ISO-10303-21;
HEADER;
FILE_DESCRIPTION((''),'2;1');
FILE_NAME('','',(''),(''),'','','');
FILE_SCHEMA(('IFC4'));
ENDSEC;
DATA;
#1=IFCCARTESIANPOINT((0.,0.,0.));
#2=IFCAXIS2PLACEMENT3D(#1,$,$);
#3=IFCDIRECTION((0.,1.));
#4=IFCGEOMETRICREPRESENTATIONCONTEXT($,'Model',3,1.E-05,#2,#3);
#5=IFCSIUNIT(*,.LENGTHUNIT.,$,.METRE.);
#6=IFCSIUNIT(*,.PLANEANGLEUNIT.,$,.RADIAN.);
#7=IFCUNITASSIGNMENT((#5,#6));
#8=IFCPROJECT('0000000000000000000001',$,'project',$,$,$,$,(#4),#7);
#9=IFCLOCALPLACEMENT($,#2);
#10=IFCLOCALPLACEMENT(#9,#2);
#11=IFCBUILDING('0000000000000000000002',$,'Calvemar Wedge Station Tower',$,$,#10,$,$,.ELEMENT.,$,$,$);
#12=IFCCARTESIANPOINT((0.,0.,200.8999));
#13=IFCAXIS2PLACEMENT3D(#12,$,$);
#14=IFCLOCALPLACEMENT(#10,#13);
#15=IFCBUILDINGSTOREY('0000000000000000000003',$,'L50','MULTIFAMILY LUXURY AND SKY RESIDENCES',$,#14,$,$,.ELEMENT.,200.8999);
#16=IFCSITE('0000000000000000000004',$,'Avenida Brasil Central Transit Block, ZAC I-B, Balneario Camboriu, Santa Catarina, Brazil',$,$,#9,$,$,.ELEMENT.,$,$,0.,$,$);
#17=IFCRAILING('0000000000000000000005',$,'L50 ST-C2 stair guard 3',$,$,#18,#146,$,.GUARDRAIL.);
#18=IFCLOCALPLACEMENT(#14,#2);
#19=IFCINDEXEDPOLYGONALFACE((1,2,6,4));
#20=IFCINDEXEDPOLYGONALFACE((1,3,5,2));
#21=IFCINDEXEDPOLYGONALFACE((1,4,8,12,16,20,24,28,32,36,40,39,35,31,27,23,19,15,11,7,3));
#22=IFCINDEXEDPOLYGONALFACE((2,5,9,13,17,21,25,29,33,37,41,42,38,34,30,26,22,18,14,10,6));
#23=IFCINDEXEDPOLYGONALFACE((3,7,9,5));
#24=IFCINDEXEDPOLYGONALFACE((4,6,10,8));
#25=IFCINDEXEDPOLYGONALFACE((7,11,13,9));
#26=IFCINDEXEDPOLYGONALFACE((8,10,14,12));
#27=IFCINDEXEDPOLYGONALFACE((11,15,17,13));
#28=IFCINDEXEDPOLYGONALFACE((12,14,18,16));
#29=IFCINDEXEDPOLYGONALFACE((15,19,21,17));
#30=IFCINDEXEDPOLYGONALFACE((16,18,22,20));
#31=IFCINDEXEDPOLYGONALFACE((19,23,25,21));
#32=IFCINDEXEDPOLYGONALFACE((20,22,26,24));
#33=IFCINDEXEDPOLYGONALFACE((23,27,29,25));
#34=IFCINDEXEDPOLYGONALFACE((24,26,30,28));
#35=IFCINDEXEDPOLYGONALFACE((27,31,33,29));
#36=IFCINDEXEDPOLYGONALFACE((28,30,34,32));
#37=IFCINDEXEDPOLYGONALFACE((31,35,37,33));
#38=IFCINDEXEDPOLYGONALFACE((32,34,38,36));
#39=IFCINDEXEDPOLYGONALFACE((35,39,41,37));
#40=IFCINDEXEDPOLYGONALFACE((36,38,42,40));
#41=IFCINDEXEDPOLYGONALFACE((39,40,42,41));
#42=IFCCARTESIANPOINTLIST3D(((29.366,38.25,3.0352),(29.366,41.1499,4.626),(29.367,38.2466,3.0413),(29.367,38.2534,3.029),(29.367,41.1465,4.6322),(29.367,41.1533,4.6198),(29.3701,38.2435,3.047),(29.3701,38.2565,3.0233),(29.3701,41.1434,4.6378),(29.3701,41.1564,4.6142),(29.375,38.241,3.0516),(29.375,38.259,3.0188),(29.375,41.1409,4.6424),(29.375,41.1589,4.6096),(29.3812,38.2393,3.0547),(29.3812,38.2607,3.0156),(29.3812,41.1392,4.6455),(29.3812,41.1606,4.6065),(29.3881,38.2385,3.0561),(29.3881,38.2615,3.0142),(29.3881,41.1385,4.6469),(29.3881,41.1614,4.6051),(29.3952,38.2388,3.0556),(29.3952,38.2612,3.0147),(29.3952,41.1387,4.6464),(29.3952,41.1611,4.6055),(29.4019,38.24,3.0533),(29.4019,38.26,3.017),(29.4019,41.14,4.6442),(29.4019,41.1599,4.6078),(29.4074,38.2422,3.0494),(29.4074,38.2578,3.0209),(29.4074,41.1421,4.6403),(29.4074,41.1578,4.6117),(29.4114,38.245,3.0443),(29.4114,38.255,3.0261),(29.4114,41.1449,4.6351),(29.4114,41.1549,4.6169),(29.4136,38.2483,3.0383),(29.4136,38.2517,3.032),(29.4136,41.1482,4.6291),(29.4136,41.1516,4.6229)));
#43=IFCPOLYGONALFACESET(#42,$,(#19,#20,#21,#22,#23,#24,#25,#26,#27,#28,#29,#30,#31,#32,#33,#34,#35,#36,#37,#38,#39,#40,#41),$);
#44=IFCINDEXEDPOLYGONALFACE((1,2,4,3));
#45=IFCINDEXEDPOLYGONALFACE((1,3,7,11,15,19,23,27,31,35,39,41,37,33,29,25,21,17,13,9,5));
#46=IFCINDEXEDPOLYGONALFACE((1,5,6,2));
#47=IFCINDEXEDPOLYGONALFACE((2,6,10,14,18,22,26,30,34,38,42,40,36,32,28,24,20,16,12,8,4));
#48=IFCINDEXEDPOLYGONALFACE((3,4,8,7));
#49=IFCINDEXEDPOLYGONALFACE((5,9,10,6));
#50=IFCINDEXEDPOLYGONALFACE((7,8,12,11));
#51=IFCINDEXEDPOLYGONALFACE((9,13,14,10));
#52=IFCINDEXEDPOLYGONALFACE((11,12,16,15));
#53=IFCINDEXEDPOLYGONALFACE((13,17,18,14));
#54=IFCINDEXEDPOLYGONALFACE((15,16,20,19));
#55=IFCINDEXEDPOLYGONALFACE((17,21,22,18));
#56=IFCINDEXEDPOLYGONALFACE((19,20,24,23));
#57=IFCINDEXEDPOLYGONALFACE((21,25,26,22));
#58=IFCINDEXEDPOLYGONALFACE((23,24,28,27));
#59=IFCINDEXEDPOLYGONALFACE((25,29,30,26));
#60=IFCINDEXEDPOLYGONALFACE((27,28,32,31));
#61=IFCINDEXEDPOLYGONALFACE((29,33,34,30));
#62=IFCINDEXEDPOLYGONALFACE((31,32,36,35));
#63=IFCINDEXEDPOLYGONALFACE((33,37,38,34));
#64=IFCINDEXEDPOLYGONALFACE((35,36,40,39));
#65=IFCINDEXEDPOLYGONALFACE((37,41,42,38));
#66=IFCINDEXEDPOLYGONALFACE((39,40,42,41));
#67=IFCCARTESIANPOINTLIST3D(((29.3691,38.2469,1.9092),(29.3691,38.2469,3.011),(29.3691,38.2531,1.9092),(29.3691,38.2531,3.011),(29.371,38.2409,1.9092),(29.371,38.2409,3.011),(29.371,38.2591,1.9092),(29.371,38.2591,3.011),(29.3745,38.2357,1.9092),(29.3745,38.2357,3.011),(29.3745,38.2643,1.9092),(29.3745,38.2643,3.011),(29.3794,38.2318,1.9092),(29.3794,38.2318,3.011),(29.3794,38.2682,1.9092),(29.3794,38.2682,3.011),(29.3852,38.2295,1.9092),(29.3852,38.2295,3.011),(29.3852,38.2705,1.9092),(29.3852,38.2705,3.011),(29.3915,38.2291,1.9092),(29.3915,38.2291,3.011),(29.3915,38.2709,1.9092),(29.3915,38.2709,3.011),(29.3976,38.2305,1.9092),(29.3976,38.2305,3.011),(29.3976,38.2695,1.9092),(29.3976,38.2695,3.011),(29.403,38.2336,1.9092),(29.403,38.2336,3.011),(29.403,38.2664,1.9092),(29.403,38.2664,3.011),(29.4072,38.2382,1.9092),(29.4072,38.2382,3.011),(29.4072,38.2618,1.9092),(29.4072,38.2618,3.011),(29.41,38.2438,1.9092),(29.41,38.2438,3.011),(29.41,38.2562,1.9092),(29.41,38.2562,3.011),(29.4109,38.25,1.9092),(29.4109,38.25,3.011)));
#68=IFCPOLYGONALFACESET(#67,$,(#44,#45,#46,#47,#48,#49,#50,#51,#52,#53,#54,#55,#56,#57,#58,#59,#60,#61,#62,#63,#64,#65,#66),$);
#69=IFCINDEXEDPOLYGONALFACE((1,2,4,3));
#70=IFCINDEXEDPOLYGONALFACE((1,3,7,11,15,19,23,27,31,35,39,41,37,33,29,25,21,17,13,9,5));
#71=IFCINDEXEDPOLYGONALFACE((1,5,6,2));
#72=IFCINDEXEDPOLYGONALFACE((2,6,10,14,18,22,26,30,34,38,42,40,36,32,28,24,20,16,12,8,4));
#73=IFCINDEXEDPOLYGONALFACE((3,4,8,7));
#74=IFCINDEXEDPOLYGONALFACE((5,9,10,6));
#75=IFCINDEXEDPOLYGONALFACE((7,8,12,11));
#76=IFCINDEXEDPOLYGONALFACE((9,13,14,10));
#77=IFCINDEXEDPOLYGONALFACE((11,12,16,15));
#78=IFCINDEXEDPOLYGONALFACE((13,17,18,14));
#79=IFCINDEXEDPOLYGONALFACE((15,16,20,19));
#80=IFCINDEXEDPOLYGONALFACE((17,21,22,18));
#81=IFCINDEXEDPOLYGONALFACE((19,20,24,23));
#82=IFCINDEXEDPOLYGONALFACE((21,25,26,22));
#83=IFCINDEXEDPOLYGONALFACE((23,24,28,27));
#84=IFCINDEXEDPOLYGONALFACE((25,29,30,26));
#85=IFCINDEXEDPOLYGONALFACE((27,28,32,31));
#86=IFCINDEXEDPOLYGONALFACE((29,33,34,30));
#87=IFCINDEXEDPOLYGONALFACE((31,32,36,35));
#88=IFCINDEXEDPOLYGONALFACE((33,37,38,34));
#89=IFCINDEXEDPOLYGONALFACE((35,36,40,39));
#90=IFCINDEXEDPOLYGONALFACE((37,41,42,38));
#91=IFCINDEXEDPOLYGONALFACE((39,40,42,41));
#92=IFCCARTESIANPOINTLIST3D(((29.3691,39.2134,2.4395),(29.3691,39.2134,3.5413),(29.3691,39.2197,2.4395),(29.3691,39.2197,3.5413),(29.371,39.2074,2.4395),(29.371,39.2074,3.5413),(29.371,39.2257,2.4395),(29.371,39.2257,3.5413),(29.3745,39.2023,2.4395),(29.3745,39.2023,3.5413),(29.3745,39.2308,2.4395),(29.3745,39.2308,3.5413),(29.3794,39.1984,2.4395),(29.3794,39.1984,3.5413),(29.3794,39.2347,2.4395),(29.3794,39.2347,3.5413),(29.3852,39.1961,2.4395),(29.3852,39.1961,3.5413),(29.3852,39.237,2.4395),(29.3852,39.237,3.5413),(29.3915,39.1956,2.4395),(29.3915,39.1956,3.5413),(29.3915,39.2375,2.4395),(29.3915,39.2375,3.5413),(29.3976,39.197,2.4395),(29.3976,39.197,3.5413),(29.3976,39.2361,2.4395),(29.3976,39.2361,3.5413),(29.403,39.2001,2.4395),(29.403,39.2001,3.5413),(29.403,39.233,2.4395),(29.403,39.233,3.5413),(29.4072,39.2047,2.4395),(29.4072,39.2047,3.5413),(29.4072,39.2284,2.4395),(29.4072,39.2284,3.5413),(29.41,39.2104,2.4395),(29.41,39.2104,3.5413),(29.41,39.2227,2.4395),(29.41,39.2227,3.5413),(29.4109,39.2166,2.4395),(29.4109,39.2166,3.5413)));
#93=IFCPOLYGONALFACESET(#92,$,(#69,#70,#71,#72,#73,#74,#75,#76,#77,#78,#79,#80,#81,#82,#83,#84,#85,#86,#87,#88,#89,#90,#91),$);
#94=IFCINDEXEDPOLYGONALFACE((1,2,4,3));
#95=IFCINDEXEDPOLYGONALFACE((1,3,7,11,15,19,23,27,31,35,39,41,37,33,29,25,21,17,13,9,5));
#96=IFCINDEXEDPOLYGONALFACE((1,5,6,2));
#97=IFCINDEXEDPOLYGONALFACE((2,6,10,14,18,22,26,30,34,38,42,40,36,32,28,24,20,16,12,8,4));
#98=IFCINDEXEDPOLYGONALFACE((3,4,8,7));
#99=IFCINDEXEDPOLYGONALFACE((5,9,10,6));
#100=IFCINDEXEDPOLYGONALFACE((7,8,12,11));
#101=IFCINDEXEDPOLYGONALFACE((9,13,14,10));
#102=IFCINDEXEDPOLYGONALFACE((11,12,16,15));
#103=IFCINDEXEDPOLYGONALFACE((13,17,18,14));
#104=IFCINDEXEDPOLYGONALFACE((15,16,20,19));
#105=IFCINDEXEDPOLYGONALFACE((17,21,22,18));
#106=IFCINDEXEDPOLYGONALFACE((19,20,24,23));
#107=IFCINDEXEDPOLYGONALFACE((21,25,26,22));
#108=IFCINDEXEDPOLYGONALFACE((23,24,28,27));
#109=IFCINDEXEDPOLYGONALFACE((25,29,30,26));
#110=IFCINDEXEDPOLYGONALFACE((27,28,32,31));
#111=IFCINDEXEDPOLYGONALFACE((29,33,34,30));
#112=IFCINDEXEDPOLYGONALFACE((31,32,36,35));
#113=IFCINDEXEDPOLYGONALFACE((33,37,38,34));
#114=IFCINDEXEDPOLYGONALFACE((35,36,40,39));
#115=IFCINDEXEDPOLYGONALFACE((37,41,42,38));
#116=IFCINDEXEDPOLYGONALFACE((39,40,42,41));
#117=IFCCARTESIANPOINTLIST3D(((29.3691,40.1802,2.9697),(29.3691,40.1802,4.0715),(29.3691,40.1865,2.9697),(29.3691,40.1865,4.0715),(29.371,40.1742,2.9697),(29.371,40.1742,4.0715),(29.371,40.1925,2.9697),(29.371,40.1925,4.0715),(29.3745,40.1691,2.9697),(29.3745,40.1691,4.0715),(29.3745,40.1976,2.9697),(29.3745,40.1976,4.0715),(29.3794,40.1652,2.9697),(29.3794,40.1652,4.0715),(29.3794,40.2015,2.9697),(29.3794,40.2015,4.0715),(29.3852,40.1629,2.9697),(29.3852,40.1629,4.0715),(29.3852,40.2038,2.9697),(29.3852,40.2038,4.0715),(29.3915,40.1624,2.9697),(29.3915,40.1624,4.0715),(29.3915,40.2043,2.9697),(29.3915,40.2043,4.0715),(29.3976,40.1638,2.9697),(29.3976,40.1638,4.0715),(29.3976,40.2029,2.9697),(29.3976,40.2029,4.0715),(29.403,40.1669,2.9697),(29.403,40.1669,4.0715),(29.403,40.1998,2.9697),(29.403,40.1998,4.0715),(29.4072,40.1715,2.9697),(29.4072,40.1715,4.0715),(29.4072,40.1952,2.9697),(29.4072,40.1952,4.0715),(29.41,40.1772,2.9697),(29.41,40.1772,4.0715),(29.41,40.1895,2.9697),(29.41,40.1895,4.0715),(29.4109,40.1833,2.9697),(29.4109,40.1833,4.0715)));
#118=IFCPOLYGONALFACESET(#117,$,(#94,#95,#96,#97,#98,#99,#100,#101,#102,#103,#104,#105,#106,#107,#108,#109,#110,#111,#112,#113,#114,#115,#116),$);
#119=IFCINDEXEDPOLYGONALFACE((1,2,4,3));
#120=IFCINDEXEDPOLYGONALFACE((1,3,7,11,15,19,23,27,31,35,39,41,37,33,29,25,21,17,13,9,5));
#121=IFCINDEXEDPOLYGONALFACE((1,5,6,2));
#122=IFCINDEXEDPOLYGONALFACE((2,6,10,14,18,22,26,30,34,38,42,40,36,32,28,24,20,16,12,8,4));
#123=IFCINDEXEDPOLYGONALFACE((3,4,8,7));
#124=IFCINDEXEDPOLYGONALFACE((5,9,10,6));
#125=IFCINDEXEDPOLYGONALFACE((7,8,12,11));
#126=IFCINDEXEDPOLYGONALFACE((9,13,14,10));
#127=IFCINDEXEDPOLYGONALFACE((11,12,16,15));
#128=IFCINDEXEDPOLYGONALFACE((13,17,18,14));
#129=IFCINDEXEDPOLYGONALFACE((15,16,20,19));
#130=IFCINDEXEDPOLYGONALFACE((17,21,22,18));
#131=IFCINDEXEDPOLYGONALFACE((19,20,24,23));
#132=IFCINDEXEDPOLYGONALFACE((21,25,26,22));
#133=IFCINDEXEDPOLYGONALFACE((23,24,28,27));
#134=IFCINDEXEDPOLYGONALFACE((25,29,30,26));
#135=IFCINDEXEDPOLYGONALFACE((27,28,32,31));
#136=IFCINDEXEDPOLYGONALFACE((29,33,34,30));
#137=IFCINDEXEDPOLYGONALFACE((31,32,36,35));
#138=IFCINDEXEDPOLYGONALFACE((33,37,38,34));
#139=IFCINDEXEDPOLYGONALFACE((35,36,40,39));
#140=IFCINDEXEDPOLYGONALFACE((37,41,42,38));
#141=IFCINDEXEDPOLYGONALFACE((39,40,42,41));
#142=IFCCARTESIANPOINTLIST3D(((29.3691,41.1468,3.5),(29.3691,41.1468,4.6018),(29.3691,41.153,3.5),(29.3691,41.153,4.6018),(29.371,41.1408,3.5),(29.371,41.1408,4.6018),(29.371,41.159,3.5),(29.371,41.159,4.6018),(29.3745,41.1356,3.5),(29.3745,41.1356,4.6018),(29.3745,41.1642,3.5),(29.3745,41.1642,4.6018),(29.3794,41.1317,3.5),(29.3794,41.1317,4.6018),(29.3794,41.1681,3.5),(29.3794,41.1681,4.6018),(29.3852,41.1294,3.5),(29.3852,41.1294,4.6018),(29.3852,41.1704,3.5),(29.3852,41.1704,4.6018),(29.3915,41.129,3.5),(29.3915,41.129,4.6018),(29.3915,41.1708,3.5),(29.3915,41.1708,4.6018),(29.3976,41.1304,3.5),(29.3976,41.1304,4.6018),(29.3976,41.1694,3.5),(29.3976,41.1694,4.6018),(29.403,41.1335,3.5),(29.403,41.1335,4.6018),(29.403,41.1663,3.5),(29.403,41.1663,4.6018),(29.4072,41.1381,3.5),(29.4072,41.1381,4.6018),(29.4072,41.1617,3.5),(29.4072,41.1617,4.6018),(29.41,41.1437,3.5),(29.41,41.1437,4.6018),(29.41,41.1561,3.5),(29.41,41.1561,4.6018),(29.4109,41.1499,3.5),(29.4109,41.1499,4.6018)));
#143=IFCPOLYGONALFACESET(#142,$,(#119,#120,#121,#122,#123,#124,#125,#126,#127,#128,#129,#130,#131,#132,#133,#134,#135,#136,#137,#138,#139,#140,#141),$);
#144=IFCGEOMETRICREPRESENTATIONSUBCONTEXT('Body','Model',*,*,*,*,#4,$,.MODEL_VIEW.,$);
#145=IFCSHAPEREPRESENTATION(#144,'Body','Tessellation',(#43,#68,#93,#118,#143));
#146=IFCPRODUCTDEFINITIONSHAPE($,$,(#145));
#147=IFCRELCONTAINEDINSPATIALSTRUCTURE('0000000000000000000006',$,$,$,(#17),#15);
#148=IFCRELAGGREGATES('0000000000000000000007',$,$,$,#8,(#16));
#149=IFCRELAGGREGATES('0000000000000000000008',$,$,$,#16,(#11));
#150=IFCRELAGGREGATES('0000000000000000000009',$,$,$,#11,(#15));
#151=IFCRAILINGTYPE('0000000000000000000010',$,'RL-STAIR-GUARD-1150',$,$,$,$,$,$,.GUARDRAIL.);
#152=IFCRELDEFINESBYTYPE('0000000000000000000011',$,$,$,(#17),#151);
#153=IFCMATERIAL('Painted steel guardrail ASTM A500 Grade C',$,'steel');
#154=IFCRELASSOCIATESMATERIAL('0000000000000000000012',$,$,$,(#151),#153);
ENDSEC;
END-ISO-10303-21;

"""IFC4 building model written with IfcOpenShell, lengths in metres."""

from ifc_helpers import new_model, si_unit, direction, frame, origin, origin_2d, place, context, subcontext, project, spatial, circle, extrude, material, type_object, element, save


model = new_model("IFC4")

# Units and contexts
model_context = context("Model", 3, precision=1e-05, world=origin(), true_north=direction((0.0, 1.0)))
body_context = subcontext(model_context, "Body", "Model", "MODEL_VIEW")
ifc_project = project(units=[si_unit("LENGTHUNIT", "METRE"), si_unit("PLANEANGLEUNIT", "RADIAN")], contexts=[model_context])

# Site, building, storey
site_placement = place(None, origin())
site = spatial("IfcSite", under=ifc_project, at=site_placement, Name="Avenida Brasil Central Transit Block, ZAC I-B, Balneario Camboriu, Santa Catarina, Brazil", CompositionType="ELEMENT", RefElevation=0.0)
building_placement = place(site_placement, origin())
building = spatial("IfcBuilding", under=site, at=building_placement, Name="Calvemar Wedge Station Tower", CompositionType="ELEMENT")
storey_placement = place(building_placement, frame((0.0, 0.0, 200.8999)))
storey = spatial("IfcBuildingStorey", under=building, at=storey_placement, Name="L50", Description="MULTIFAMILY LUXURY AND SKY RESIDENCES", CompositionType="ELEMENT", Elevation=200.8999)

# Railing
ifc_material_1 = material(Name="Painted steel guardrail ASTM A500 Grade C", Category="steel")
railing_type_1 = type_object("IfcRailingType", Name="RL-STAIR-GUARD-1150", PredefinedType="GUARDRAIL", material=ifc_material_1)
railing_1_placement = place(storey_placement, frame((29.3899, 38.25, 1.9092)))
element("IfcRailing", 1, at=railing_1_placement, inside=storey, type_object=railing_type_1, Name="L50 ST-C2 stair guard 3", PredefinedType="GUARDRAIL", context=body_context, shape_type="SweptSolid", body=[
    extrude(circle(Radius=0.0239, at=origin_2d()), frame((0.0, 0.0, 1.126), z_axis=(0.0, 0.876742, 0.480961), x_axis=(-1.0, 0.0, 0.0)), (0.0, 0.0, 1.0), 3.3076),
    extrude(circle(Radius=0.021, at=origin_2d()), origin(), (0.0, 0.0, 1.0), 1.1018),
    extrude(circle(Radius=0.021, at=origin_2d()), frame((0.0, 0.9666, 0.5303)), (0.0, 0.0, 1.0), 1.1018),
    extrude(circle(Radius=0.021, at=origin_2d()), frame((0.0, 1.9333, 1.0605)), (0.0, 0.0, 1.0), 1.1018),
    extrude(circle(Radius=0.021, at=origin_2d()), frame((0.0, 2.8999, 1.5908)), (0.0, 0.0, 1.0), 1.1018),
])

save(model, "model.ifc")
